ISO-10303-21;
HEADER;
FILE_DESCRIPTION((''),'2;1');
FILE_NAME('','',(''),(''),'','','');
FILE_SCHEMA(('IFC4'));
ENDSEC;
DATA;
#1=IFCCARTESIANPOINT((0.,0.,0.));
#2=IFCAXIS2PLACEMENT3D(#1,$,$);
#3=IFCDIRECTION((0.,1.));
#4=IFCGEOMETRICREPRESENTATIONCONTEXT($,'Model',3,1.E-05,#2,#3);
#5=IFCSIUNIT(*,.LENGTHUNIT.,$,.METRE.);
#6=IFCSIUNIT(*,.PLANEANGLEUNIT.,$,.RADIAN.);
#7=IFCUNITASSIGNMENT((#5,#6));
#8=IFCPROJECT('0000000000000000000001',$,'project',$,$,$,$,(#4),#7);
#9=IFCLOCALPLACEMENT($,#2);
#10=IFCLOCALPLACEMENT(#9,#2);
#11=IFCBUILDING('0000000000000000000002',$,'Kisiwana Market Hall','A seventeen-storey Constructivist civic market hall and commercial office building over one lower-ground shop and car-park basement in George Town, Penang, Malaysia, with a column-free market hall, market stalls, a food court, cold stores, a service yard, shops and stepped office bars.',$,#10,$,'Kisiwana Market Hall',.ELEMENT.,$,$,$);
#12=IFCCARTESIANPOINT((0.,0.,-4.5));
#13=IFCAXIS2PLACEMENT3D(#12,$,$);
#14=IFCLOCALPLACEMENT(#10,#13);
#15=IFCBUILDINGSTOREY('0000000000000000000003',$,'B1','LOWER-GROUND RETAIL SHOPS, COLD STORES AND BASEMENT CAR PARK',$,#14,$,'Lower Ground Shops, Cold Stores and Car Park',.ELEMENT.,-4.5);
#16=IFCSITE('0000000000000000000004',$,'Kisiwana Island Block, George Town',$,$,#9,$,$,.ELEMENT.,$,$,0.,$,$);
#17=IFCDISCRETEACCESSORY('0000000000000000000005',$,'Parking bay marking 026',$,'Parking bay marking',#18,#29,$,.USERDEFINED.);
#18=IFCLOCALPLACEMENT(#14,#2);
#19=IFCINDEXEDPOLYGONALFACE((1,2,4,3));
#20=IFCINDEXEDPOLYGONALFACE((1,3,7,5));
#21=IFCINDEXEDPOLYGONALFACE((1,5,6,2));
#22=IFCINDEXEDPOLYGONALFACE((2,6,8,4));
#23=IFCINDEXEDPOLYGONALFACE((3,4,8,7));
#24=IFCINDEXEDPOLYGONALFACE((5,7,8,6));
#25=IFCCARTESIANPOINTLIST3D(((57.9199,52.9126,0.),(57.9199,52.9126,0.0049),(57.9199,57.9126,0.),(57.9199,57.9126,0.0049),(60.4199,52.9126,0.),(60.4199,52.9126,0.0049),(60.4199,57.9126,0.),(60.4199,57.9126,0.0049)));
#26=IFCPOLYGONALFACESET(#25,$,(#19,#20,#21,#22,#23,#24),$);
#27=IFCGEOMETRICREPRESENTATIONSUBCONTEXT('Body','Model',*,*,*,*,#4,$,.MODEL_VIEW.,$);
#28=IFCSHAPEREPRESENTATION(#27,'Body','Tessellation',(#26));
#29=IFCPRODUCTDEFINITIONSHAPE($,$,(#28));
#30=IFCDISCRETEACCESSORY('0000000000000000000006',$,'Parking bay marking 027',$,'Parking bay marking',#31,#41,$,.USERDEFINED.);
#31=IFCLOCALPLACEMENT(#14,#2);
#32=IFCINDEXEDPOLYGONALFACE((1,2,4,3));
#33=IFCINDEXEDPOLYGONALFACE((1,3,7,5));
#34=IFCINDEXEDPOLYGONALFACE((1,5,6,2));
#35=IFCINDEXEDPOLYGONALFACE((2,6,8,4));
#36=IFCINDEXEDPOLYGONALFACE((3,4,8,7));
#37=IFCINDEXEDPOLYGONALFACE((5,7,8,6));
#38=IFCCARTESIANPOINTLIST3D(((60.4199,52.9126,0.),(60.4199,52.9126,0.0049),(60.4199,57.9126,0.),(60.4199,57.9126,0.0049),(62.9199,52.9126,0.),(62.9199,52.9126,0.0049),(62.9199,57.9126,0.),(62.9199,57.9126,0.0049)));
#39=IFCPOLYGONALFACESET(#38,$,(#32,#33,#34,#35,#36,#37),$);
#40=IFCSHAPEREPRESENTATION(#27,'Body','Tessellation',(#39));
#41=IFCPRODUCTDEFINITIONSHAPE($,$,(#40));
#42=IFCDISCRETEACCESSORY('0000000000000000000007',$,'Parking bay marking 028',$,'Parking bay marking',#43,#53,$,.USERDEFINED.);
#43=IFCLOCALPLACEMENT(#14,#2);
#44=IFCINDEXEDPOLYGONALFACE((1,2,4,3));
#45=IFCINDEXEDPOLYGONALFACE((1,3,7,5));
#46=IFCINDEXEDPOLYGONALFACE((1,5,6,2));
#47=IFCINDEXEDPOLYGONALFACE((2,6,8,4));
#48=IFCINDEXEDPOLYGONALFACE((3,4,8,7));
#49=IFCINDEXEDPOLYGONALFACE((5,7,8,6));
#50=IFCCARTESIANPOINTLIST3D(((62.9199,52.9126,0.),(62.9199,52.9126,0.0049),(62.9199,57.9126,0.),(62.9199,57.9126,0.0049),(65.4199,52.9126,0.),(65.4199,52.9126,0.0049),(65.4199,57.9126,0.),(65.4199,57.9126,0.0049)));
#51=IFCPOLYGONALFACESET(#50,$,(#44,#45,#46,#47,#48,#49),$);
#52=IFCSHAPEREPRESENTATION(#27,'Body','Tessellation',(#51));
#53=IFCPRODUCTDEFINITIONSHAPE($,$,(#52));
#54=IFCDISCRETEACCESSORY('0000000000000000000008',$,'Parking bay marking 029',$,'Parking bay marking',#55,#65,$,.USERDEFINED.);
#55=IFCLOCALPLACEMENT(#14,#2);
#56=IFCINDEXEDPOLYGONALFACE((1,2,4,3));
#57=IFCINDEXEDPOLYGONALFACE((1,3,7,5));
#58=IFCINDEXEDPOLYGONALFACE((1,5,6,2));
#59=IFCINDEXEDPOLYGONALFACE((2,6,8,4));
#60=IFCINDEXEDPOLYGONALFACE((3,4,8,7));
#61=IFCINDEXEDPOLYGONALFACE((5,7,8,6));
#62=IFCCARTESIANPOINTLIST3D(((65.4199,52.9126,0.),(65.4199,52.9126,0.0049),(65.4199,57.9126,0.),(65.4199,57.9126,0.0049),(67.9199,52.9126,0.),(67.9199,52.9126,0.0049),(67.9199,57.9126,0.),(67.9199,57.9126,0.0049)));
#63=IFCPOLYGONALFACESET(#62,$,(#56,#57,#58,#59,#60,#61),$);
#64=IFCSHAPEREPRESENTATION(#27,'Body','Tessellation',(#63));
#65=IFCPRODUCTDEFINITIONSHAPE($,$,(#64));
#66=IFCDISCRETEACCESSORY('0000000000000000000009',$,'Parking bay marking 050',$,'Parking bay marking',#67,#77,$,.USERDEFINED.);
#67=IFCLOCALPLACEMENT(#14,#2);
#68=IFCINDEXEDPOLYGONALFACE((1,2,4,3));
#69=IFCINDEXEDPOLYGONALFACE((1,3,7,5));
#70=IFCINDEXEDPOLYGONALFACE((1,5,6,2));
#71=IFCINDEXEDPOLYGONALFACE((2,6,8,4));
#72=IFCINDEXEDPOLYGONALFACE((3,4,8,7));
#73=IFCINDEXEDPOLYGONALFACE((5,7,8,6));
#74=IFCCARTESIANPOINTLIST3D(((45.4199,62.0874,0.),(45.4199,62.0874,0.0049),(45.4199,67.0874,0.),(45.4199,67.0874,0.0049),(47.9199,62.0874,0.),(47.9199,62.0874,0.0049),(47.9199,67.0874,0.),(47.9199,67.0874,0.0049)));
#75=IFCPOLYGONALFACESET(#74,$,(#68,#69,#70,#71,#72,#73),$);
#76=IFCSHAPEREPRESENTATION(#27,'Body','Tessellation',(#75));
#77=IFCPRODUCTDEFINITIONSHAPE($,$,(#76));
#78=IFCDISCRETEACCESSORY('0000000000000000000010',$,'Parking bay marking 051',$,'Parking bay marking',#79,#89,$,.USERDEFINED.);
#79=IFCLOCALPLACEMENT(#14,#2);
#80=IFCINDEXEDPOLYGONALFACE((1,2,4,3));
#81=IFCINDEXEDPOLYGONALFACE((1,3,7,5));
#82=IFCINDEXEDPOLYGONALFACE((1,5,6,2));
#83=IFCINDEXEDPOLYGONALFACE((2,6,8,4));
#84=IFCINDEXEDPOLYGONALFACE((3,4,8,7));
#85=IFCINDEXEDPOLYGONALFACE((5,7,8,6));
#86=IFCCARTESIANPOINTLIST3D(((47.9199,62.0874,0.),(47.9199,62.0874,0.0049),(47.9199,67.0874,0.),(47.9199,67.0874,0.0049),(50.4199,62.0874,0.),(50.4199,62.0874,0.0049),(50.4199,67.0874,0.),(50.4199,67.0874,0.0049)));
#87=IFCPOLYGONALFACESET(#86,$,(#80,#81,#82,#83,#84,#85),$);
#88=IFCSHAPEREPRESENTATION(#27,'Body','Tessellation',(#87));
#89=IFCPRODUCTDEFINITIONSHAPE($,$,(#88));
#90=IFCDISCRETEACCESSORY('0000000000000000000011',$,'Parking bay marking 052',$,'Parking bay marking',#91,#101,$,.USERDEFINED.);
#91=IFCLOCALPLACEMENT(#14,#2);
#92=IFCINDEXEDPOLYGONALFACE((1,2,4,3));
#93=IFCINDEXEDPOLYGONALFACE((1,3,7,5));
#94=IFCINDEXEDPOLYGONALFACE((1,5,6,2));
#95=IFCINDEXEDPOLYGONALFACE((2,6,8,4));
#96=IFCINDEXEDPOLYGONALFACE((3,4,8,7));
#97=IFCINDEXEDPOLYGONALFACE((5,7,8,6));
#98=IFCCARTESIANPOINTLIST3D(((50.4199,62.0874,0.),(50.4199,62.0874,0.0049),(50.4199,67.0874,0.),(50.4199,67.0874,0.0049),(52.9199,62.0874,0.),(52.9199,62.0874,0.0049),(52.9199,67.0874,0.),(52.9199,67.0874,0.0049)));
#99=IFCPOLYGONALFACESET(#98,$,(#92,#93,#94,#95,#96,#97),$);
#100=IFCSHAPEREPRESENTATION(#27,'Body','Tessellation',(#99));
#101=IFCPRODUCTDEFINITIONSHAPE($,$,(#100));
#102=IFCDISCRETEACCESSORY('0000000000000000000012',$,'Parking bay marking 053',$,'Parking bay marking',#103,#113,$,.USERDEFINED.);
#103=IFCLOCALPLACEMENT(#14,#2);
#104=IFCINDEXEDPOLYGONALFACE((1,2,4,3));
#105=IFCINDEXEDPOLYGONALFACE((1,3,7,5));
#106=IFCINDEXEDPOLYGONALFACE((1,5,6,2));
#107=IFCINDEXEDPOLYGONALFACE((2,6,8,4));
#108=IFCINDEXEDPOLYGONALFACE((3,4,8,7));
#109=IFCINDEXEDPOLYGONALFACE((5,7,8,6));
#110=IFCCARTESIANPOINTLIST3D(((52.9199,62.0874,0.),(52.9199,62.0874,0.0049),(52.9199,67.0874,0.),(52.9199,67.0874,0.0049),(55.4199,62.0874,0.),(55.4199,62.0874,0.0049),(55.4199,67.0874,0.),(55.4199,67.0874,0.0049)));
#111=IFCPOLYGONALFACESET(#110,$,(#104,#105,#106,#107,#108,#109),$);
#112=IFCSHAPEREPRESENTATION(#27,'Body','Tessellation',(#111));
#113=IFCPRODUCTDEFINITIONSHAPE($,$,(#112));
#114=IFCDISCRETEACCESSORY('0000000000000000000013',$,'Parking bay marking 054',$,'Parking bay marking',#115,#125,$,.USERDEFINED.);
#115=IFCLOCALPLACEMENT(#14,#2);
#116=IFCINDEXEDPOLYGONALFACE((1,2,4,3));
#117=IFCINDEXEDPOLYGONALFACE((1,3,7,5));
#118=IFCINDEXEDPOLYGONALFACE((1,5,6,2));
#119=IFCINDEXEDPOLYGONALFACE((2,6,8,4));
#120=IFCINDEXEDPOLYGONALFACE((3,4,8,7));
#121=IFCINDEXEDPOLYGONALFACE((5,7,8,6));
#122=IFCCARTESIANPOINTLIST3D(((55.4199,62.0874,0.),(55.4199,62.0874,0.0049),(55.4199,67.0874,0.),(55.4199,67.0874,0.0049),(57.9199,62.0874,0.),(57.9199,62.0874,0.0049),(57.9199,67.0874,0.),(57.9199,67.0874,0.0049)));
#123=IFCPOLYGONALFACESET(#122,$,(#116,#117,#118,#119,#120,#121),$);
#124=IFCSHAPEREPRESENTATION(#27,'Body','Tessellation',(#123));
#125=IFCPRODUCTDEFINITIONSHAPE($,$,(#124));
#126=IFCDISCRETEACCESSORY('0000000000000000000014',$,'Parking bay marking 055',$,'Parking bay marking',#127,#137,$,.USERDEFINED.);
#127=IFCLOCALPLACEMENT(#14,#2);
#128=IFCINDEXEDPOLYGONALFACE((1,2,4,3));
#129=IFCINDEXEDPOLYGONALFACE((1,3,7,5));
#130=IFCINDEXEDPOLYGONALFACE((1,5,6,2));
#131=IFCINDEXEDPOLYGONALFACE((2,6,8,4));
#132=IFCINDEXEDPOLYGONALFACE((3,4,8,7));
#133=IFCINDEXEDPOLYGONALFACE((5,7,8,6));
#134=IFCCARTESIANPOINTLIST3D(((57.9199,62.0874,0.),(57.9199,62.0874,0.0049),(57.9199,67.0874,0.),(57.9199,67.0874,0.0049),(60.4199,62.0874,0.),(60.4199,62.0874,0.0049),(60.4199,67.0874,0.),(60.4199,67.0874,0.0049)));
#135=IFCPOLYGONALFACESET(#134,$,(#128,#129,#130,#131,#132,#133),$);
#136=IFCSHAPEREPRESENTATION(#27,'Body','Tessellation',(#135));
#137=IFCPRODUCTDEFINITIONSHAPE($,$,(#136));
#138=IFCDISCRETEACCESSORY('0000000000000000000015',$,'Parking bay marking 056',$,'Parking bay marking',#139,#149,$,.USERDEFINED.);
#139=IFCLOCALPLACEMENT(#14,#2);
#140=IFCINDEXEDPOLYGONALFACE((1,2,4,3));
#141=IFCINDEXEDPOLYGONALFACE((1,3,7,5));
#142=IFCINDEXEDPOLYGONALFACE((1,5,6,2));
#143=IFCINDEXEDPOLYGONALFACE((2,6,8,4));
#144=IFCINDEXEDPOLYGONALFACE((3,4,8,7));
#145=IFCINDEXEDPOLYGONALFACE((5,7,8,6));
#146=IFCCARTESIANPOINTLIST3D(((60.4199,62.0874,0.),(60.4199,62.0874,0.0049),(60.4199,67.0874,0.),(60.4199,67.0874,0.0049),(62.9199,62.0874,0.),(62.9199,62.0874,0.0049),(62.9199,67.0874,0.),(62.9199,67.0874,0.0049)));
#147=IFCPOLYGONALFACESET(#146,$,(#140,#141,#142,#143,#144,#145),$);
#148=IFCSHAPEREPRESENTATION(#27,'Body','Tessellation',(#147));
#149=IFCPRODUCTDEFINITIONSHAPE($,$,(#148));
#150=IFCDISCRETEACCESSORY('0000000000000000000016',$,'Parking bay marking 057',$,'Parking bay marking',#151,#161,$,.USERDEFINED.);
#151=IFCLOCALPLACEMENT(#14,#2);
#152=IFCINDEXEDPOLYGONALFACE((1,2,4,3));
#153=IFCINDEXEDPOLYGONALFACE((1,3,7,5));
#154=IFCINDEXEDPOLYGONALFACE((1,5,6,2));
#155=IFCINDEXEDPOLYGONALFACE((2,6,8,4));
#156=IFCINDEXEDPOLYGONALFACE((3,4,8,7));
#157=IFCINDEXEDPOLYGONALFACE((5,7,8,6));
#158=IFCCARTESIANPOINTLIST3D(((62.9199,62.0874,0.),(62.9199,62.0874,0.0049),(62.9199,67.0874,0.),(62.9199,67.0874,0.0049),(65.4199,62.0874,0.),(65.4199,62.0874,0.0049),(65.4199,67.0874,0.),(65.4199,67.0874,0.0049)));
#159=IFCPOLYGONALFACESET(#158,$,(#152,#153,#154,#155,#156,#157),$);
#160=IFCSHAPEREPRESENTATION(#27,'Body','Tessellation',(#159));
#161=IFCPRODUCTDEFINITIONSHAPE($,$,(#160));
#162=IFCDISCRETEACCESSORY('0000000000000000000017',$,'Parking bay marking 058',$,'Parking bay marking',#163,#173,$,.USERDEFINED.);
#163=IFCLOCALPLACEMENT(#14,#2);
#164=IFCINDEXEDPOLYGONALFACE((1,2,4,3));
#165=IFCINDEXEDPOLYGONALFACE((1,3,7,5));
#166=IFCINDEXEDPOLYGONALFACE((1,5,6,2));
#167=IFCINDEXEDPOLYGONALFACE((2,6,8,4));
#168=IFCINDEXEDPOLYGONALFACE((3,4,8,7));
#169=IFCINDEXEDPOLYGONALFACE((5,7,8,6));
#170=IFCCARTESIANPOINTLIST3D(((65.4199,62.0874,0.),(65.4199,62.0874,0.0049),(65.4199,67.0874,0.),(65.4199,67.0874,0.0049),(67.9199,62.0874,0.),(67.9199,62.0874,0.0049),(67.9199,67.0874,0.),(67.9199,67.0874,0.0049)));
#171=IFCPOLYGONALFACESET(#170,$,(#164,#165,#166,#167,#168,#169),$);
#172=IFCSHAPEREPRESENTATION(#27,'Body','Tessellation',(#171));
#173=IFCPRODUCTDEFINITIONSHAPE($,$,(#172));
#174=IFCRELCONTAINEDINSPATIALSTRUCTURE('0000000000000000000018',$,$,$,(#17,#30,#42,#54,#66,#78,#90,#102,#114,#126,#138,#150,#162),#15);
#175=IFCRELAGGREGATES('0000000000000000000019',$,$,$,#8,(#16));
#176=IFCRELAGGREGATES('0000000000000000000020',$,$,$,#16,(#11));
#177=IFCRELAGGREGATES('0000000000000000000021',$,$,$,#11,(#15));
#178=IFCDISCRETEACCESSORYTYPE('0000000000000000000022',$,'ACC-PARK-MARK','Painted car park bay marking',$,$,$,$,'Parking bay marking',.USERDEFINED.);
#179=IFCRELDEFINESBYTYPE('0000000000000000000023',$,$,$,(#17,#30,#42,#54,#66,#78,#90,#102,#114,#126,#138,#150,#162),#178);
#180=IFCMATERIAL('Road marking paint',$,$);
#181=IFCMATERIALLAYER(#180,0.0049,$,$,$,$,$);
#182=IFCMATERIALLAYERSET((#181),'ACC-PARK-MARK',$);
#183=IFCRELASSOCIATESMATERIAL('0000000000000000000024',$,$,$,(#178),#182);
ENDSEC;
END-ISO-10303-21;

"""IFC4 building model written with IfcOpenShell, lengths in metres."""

from ifc_helpers import new_model, si_unit, direction, frame, origin, origin_2d, place, context, subcontext, project, spatial, rectangle, extrude, material, layer, layer_set, type_object, element, save


model = new_model("IFC4")

# Units and contexts
model_context = context("Model", 3, precision=1e-05, world=origin(), true_north=direction((0.0, 1.0)))
body_context = subcontext(model_context, "Body", "Model", "MODEL_VIEW")
ifc_project = project(units=[si_unit("LENGTHUNIT", "METRE"), si_unit("PLANEANGLEUNIT", "RADIAN")], contexts=[model_context])

# Site, building, storey
site_placement = place(None, origin())
site = spatial("IfcSite", under=ifc_project, at=site_placement, Name="Kisiwana Island Block, George Town", CompositionType="ELEMENT", RefElevation=0.0)
building_placement = place(site_placement, origin())
building = spatial("IfcBuilding", under=site, at=building_placement, Name="Kisiwana Market Hall", Description="A seventeen-storey Constructivist civic market hall and commercial office building over one lower-ground shop and car-park basement in George Town, Penang, Malaysia, with a column-free market hall, market stalls, a food court, cold stores, a service yard, shops and stepped office bars.", LongName="Kisiwana Market Hall", CompositionType="ELEMENT")
storey_placement = place(building_placement, frame((0.0, 0.0, -4.5)))
storey = spatial("IfcBuildingStorey", under=building, at=storey_placement, Name="B1", Description="LOWER-GROUND RETAIL SHOPS, COLD STORES AND BASEMENT CAR PARK", LongName="Lower Ground Shops, Cold Stores and Car Park", CompositionType="ELEMENT", Elevation=-4.5)

# Discrete accessories
ifc_material_1 = material(Name="Road marking paint")
ifc_layer_1 = layer(ifc_material_1, 0.0049)
ifc_layer_set_1 = layer_set([ifc_layer_1], Name="ACC-PARK-MARK")
discrete_accessory_type_1 = type_object("IfcDiscreteAccessoryType", Name="ACC-PARK-MARK", Description="Painted car park bay marking", ElementType="Parking bay marking", PredefinedType="USERDEFINED", material=ifc_layer_set_1)
for number, where, z_axis, x_axis, name in (
    (1, (59.1699, 55.4126, 0.0), (0.0, 0.0, 1.0), (1.0, 0.0, 0.0), "Parking bay marking 026"),
    (2, (61.6699, 55.4126, 0.0), (0.0, 0.0, 1.0), (1.0, 0.0, 0.0), "Parking bay marking 027"),
    (3, (64.1699, 55.4126, 0.0), (0.0, 0.0, 1.0), (1.0, 0.0, 0.0), "Parking bay marking 028"),
    (4, (66.6699, 55.4126, 0.0), (0.0, 0.0, 1.0), (1.0, 0.0, 0.0), "Parking bay marking 029"),
    (5, (46.6699, 64.5874, 0.0), (0.0, 0.0, 1.0), (1.0, 0.0, 0.0), "Parking bay marking 050"),
    (6, (49.1699, 64.5874, 0.0), (0.0, 0.0, 1.0), (1.0, 0.0, 0.0), "Parking bay marking 051"),
    (7, (51.6699, 64.5874, 0.0), (0.0, 0.0, 1.0), (1.0, 0.0, 0.0), "Parking bay marking 052"),
    (8, (54.1699, 64.5874, 0.0), (0.0, 0.0, 1.0), (1.0, 0.0, 0.0), "Parking bay marking 053"),
    (9, (56.6699, 64.5874, 0.0), (0.0, 0.0, 1.0), (1.0, 0.0, 0.0), "Parking bay marking 054"),
    (10, (59.1699, 64.5874, 0.0), (0.0, 0.0, 1.0), (1.0, 0.0, 0.0), "Parking bay marking 055"),
    (11, (61.6699, 64.5874, 0.0), (0.0, 0.0, 1.0), (1.0, 0.0, 0.0), "Parking bay marking 056"),
    (12, (64.1699, 64.5874, 0.0), (0.0, 0.0, 1.0), (1.0, 0.0, 0.0), "Parking bay marking 057"),
    (13, (66.6699, 64.5874, 0.0), (0.0, 0.0, 1.0), (1.0, 0.0, 0.0), "Parking bay marking 058"),
):
    element("IfcDiscreteAccessory", number, at=place(storey_placement, frame(where, z_axis=z_axis, x_axis=x_axis)), inside=storey, type_object=discrete_accessory_type_1, Name=name, ObjectType="Parking bay marking", PredefinedType="USERDEFINED", context=body_context, shape_type="SweptSolid", body=[
        extrude(rectangle(XDim=2.5, YDim=5.0, at=origin_2d()), origin(), (0.0, 0.0, 1.0), 0.0049),
    ])

save(model, "model.ifc")
